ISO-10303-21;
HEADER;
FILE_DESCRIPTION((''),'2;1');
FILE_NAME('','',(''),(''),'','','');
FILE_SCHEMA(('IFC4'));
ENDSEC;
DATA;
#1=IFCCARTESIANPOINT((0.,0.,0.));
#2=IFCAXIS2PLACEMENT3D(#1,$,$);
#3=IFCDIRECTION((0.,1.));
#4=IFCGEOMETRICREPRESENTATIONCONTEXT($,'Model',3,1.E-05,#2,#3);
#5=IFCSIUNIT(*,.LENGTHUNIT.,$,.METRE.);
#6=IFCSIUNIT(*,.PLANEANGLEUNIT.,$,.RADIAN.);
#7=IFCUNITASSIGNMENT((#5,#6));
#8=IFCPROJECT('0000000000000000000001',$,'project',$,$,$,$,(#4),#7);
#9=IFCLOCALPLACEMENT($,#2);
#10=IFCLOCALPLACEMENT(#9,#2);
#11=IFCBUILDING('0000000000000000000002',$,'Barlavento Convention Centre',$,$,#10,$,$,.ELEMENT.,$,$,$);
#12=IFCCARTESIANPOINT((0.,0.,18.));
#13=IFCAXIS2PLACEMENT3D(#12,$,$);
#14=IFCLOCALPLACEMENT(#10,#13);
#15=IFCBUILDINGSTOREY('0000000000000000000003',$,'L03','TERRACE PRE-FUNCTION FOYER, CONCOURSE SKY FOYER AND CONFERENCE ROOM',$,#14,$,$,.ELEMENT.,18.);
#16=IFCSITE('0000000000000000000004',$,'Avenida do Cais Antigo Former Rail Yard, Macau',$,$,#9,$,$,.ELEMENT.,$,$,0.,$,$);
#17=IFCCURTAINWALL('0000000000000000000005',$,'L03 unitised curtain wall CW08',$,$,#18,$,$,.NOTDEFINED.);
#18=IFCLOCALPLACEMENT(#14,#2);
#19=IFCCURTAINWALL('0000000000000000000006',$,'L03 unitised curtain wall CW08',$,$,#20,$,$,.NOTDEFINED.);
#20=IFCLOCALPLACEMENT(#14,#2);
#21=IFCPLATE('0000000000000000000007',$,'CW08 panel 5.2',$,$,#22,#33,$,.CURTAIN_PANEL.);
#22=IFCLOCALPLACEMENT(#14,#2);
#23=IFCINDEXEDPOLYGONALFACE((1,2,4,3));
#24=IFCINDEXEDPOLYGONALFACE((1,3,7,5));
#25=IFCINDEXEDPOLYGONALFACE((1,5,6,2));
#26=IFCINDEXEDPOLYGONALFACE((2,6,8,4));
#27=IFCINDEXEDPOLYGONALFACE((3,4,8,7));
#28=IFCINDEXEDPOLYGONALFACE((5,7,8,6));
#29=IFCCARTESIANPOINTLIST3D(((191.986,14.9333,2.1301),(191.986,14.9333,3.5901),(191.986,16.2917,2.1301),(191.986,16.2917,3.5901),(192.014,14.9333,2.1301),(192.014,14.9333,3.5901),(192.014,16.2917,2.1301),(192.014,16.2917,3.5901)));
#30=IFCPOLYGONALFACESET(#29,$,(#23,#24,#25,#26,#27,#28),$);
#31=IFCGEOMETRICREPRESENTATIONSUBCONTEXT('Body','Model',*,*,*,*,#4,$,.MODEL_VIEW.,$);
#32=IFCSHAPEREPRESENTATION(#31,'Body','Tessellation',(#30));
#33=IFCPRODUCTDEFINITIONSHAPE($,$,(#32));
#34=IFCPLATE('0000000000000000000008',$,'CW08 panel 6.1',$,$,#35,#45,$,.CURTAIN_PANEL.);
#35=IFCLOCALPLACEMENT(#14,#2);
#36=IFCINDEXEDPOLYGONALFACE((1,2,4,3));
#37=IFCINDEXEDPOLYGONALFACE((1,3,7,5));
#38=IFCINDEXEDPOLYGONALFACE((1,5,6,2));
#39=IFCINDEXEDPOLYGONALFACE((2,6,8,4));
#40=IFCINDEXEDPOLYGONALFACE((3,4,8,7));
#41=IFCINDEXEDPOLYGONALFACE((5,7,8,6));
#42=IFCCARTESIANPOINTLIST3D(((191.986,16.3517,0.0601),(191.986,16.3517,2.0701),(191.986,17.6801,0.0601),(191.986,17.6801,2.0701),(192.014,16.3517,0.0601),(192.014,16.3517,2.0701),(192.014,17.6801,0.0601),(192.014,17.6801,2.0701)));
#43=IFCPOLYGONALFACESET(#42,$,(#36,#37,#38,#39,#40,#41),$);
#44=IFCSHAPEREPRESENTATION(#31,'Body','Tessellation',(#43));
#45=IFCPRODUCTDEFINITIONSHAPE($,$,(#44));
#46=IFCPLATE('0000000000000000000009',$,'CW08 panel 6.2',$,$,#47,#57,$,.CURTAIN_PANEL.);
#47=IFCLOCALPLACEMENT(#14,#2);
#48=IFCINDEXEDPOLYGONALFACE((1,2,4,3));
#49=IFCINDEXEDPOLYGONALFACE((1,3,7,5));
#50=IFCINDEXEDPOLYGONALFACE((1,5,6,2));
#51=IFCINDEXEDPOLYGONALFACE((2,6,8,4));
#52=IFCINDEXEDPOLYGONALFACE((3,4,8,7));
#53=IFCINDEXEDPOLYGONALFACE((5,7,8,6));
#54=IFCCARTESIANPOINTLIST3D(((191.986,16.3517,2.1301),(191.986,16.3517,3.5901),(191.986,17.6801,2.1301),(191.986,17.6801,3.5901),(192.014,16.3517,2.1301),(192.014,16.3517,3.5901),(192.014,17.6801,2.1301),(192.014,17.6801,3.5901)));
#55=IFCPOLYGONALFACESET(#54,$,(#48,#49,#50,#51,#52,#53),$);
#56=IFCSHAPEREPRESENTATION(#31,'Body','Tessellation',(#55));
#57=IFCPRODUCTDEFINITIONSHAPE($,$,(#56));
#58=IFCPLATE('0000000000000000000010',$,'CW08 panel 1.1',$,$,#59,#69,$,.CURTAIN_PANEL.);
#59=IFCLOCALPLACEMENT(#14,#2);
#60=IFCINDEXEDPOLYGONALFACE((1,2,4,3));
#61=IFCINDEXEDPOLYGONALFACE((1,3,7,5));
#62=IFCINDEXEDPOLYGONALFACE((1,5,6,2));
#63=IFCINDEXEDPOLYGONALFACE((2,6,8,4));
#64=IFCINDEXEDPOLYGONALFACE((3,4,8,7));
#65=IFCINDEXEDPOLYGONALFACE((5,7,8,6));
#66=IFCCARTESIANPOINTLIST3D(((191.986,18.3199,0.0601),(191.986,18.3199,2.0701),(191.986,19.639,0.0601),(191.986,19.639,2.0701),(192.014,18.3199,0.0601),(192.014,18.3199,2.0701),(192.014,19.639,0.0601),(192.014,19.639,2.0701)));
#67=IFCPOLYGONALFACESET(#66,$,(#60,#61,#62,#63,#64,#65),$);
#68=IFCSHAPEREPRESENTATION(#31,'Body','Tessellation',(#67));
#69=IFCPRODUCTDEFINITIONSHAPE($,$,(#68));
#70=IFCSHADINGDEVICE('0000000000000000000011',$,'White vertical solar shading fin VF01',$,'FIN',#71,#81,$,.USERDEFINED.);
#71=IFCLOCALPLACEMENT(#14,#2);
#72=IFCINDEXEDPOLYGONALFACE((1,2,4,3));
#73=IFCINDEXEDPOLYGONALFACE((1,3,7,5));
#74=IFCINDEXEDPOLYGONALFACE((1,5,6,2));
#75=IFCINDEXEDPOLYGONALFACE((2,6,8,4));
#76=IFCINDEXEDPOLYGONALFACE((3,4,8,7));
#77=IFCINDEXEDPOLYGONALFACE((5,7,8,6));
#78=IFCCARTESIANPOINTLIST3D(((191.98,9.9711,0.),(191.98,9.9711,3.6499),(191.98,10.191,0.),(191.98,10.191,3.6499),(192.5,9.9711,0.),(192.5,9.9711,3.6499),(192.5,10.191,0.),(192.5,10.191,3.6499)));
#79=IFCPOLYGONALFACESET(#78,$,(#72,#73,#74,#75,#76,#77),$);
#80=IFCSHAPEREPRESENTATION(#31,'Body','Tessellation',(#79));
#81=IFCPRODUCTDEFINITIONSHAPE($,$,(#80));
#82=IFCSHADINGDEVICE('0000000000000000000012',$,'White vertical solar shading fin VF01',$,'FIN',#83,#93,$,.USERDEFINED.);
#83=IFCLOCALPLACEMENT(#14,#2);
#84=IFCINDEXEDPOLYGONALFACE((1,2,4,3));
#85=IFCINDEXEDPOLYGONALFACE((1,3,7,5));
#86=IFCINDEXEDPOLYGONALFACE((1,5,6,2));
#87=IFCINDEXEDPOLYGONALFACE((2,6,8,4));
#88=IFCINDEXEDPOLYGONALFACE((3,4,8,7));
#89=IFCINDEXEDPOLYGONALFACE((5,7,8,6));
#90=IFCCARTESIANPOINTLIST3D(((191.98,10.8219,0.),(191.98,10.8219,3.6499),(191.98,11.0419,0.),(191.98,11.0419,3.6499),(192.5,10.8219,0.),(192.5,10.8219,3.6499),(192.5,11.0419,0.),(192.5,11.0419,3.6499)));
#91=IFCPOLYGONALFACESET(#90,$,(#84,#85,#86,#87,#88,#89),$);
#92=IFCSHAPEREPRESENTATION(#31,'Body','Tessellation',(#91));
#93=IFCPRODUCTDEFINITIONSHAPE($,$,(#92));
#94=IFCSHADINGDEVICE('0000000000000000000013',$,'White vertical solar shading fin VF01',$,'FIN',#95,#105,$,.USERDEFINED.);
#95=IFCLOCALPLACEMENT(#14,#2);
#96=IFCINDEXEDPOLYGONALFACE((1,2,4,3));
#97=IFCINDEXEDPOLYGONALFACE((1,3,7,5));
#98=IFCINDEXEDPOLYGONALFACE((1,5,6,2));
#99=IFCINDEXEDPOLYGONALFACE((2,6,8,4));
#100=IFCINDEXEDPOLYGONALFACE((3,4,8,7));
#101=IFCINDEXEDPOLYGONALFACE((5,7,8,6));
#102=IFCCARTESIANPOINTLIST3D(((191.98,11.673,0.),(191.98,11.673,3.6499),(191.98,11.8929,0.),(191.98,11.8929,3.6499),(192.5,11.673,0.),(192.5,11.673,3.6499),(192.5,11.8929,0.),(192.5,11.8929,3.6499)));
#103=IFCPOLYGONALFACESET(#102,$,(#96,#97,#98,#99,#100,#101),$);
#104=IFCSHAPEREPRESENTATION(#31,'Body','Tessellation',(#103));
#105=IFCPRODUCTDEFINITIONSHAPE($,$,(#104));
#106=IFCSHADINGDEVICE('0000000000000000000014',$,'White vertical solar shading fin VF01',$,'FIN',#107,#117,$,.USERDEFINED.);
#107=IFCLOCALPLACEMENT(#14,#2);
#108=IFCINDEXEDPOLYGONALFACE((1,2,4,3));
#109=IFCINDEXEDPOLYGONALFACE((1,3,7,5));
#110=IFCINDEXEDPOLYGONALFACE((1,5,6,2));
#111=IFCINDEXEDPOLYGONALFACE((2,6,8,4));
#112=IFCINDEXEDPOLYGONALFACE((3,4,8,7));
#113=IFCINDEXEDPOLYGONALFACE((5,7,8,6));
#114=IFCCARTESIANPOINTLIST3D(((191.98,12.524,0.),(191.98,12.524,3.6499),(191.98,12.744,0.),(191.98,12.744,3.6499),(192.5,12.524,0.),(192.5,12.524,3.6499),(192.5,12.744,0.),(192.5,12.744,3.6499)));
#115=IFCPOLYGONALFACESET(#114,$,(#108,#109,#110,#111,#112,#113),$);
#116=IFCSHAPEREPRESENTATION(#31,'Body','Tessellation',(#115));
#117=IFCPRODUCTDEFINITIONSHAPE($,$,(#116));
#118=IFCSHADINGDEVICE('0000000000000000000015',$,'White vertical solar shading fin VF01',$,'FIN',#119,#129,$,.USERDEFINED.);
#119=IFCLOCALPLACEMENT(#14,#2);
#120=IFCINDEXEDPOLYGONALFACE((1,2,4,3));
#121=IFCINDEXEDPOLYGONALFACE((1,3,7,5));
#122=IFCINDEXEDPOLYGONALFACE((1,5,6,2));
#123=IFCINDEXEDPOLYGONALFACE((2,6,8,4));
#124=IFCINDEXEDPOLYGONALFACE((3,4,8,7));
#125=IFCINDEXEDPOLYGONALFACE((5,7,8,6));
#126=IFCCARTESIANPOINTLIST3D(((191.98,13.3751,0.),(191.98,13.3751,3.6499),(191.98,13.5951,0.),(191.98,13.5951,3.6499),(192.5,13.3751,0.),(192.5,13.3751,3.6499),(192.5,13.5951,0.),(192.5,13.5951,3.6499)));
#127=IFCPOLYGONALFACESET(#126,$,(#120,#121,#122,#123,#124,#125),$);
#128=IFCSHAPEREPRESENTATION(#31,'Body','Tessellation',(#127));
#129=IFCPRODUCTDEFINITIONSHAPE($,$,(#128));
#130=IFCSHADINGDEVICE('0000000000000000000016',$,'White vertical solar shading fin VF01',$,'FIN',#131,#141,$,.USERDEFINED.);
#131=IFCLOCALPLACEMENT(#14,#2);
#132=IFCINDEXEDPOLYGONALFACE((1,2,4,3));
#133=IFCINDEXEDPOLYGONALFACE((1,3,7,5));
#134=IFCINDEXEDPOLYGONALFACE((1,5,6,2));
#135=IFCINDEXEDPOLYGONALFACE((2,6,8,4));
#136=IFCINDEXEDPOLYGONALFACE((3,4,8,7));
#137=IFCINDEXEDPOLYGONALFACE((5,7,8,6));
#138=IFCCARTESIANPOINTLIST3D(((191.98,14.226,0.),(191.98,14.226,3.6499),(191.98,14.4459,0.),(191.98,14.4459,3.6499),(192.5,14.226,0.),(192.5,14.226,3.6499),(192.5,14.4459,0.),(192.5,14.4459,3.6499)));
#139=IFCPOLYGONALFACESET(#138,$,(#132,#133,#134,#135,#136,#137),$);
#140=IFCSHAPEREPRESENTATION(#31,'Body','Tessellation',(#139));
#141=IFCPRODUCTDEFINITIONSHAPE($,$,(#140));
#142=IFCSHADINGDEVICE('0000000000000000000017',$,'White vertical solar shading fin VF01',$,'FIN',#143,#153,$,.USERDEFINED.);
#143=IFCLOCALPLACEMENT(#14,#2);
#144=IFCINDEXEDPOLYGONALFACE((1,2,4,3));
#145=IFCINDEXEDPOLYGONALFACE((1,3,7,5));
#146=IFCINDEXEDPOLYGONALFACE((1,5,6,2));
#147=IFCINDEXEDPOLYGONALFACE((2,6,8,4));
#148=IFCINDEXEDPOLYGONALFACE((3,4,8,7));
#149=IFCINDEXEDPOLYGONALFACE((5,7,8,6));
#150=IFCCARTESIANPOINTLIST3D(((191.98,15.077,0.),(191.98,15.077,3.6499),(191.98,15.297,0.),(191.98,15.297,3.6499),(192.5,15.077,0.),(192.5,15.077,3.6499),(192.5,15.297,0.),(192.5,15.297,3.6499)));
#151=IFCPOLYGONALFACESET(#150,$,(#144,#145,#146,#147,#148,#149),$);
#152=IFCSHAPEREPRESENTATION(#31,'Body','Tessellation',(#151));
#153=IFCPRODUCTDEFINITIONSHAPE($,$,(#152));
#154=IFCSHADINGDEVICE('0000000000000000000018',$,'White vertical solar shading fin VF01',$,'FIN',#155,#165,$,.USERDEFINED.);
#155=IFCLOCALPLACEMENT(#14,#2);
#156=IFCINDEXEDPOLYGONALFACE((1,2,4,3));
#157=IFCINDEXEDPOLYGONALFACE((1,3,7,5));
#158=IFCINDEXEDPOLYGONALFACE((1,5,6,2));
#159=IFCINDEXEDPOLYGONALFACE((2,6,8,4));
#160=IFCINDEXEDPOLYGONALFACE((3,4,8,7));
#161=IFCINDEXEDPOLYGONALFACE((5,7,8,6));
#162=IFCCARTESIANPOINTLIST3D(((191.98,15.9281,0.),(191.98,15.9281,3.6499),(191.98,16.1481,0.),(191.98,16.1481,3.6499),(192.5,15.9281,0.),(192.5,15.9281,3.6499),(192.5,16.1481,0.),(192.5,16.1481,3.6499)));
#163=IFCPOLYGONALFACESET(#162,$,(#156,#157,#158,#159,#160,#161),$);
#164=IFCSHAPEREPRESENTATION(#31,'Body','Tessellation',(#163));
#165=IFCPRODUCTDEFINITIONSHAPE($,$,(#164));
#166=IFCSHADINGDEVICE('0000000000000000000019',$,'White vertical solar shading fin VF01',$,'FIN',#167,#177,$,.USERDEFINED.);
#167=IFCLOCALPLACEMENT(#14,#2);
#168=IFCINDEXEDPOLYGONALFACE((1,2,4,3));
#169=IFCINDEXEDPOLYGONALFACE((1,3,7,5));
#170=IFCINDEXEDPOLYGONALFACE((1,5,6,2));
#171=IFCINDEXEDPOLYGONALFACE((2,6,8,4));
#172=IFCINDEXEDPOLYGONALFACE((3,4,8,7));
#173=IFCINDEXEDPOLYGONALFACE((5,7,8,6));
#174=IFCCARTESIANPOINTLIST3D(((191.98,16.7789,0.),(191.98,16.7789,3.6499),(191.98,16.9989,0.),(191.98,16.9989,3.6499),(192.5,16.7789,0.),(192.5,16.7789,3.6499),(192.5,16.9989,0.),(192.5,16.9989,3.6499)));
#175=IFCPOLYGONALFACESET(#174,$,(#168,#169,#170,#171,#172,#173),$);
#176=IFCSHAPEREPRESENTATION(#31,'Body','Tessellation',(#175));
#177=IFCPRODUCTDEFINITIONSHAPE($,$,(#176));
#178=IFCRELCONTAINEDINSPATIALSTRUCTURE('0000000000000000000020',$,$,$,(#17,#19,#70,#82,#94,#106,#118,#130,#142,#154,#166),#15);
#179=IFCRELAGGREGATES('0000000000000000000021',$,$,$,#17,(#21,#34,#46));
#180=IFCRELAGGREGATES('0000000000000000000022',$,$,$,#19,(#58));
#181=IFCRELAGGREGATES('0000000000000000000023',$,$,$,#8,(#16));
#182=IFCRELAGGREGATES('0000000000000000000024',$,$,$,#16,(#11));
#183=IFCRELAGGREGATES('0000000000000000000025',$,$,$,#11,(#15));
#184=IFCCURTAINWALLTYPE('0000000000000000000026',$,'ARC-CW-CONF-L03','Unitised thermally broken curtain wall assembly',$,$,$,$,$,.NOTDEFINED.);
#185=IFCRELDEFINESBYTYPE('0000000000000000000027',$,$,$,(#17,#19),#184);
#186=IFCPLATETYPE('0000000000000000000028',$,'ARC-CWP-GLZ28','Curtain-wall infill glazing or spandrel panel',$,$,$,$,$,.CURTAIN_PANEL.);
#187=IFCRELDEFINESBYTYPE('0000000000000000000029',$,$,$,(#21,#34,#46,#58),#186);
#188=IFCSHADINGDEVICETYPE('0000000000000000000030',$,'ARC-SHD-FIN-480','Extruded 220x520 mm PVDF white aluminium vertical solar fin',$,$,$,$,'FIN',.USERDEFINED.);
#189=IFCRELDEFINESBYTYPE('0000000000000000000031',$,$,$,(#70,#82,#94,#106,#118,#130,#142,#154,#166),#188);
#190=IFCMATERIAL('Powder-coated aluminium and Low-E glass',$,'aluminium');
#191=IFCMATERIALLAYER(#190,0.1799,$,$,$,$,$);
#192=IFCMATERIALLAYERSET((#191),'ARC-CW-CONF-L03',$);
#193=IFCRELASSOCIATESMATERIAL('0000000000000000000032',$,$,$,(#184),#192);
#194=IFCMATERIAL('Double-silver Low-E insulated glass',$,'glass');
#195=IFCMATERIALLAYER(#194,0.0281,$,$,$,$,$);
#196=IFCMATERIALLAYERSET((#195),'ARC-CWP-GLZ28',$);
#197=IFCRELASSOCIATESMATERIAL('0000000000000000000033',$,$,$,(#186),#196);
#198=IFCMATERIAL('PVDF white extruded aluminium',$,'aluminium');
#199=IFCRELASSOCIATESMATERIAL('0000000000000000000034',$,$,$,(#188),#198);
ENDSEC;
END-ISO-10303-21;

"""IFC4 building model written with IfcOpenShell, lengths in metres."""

from ifc_helpers import new_model, si_unit, direction, frame, origin, origin_2d, place, context, subcontext, project, spatial, rectangle, extrude, material, layer, layer_set, type_object, element, aggregate, save


model = new_model("IFC4")

# Units and contexts
model_context = context("Model", 3, precision=1e-05, world=origin(), true_north=direction((0.0, 1.0)))
body_context = subcontext(model_context, "Body", "Model", "MODEL_VIEW")
ifc_project = project(units=[si_unit("LENGTHUNIT", "METRE"), si_unit("PLANEANGLEUNIT", "RADIAN")], contexts=[model_context])

# Site, building, storey
site_placement = place(None, origin())
site = spatial("IfcSite", under=ifc_project, at=site_placement, Name="Avenida do Cais Antigo Former Rail Yard, Macau", CompositionType="ELEMENT", RefElevation=0.0)
building_placement = place(site_placement, origin())
building = spatial("IfcBuilding", under=site, at=building_placement, Name="Barlavento Convention Centre", CompositionType="ELEMENT")
storey_placement = place(building_placement, frame((0.0, 0.0, 18.0)))
storey = spatial("IfcBuildingStorey", under=building, at=storey_placement, Name="L03", Description="TERRACE PRE-FUNCTION FOYER, CONCOURSE SKY FOYER AND CONFERENCE ROOM", CompositionType="ELEMENT", Elevation=18.0)

# Curtain wall
ifc_material_1 = material(Name="Powder-coated aluminium and Low-E glass", Category="aluminium")
ifc_layer_1 = layer(ifc_material_1, 0.1799)
ifc_layer_set_1 = layer_set([ifc_layer_1], Name="ARC-CW-CONF-L03")
curtain_wall_type = type_object("IfcCurtainWallType", Name="ARC-CW-CONF-L03", Description="Unitised thermally broken curtain wall assembly", PredefinedType="NOTDEFINED", material=ifc_layer_set_1)
curtain_wall_1_placement = place(storey_placement, origin())
curtain_wall_1 = element("IfcCurtainWall", 1, at=curtain_wall_1_placement, inside=storey, type_object=curtain_wall_type, Name="L03 unitised curtain wall CW08", PredefinedType="NOTDEFINED")

# Curtain wall
curtain_wall_2_placement = place(storey_placement, origin())
curtain_wall_2 = element("IfcCurtainWall", 2, at=curtain_wall_2_placement, inside=storey, type_object=curtain_wall_type, Name="L03 unitised curtain wall CW08", PredefinedType="NOTDEFINED")

# Plates
ifc_material_2 = material(Name="Double-silver Low-E insulated glass", Category="glass")
ifc_layer_2 = layer(ifc_material_2, 0.0281)
ifc_layer_set_2 = layer_set([ifc_layer_2], Name="ARC-CWP-GLZ28")
plate_type = type_object("IfcPlateType", Name="ARC-CWP-GLZ28", Description="Curtain-wall infill glazing or spandrel panel", PredefinedType="CURTAIN_PANEL", material=ifc_layer_set_2)
plate_1_placement = place(storey_placement, frame((192.0, 15.6125, 2.1301), z_axis=(0.0, 0.0, 1.0), x_axis=(0.0, 1.0, 0.0)))
plate_1 = element("IfcPlate", 3, at=plate_1_placement, type_object=plate_type, Name="CW08 panel 5.2", PredefinedType="CURTAIN_PANEL", context=body_context, shape_type="SweptSolid", body=[
    extrude(rectangle(XDim=1.3584, YDim=0.0281, at=origin_2d()), origin(), (0.0, 0.0, 1.0), 1.46),
])
plate_2_placement = place(storey_placement, frame((192.0, 17.0159, 0.0601), z_axis=(0.0, 0.0, 1.0), x_axis=(0.0, 1.0, 0.0)))
plate_2 = element("IfcPlate", 4, at=plate_2_placement, type_object=plate_type, Name="CW08 panel 6.1", PredefinedType="CURTAIN_PANEL", context=body_context, shape_type="SweptSolid", body=[
    extrude(rectangle(XDim=1.3284, YDim=0.0281, at=origin_2d()), origin(), (0.0, 0.0, 1.0), 2.01),
])
plate_3_placement = place(storey_placement, frame((192.0, 17.0159, 2.1301), z_axis=(0.0, 0.0, 1.0), x_axis=(0.0, 1.0, 0.0)))
plate_3 = element("IfcPlate", 5, at=plate_3_placement, type_object=plate_type, Name="CW08 panel 6.2", PredefinedType="CURTAIN_PANEL", context=body_context, shape_type="SweptSolid", body=[
    extrude(rectangle(XDim=1.3284, YDim=0.0281, at=origin_2d()), origin(), (0.0, 0.0, 1.0), 1.46),
])
aggregate(curtain_wall_1, [plate_1, plate_2, plate_3])
plate_4_placement = place(storey_placement, frame((192.0, 18.9795, 0.0601), z_axis=(0.0, 0.0, 1.0), x_axis=(0.0, 1.0, 0.0)))
plate_4 = element("IfcPlate", 6, at=plate_4_placement, type_object=plate_type, Name="CW08 panel 1.1", PredefinedType="CURTAIN_PANEL", context=body_context, shape_type="SweptSolid", body=[
    extrude(rectangle(XDim=1.3191, YDim=0.0281, at=origin_2d()), origin(), (0.0, 0.0, 1.0), 2.01),
])
aggregate(curtain_wall_2, [plate_4])

# Shading devices
ifc_material_3 = material(Name="PVDF white extruded aluminium", Category="aluminium")
shading_device_type = type_object("IfcShadingDeviceType", Name="ARC-SHD-FIN-480", Description="Extruded 220x520 mm PVDF white aluminium vertical solar fin", ElementType="FIN", PredefinedType="USERDEFINED", material=ifc_material_3)
for number, where, z_axis, x_axis, name in (
    (7, (192.24, 10.0811, 0.0), (0.0, 0.0, 1.0), (0.0, 1.0, 0.0), "White vertical solar shading fin VF01"),
    (8, (192.24, 10.9319, 0.0), (0.0, 0.0, 1.0), (0.0, 1.0, 0.0), "White vertical solar shading fin VF01"),
    (9, (192.24, 11.783, 0.0), (0.0, 0.0, 1.0), (0.0, 1.0, 0.0), "White vertical solar shading fin VF01"),
    (10, (192.24, 12.634, 0.0), (0.0, 0.0, 1.0), (0.0, 1.0, 0.0), "White vertical solar shading fin VF01"),
    (11, (192.24, 13.4851, 0.0), (0.0, 0.0, 1.0), (0.0, 1.0, 0.0), "White vertical solar shading fin VF01"),
    (12, (192.24, 14.3359, 0.0), (0.0, 0.0, 1.0), (0.0, 1.0, 0.0), "White vertical solar shading fin VF01"),
    (13, (192.24, 15.187, 0.0), (0.0, 0.0, 1.0), (0.0, 1.0, 0.0), "White vertical solar shading fin VF01"),
    (14, (192.24, 16.0381, 0.0), (0.0, 0.0, 1.0), (0.0, 1.0, 0.0), "White vertical solar shading fin VF01"),
    (15, (192.24, 16.8889, 0.0), (0.0, 0.0, 1.0), (0.0, 1.0, 0.0), "White vertical solar shading fin VF01"),
):
    element("IfcShadingDevice", number, at=place(storey_placement, frame(where, z_axis=z_axis, x_axis=x_axis)), inside=storey, type_object=shading_device_type, Name=name, ObjectType="FIN", PredefinedType="USERDEFINED", context=body_context, shape_type="SweptSolid", body=[
        extrude(rectangle(XDim=0.22, YDim=0.52, at=origin_2d()), origin(), (0.0, 0.0, 1.0), 3.6499),
    ])

save(model, "model.ifc")
